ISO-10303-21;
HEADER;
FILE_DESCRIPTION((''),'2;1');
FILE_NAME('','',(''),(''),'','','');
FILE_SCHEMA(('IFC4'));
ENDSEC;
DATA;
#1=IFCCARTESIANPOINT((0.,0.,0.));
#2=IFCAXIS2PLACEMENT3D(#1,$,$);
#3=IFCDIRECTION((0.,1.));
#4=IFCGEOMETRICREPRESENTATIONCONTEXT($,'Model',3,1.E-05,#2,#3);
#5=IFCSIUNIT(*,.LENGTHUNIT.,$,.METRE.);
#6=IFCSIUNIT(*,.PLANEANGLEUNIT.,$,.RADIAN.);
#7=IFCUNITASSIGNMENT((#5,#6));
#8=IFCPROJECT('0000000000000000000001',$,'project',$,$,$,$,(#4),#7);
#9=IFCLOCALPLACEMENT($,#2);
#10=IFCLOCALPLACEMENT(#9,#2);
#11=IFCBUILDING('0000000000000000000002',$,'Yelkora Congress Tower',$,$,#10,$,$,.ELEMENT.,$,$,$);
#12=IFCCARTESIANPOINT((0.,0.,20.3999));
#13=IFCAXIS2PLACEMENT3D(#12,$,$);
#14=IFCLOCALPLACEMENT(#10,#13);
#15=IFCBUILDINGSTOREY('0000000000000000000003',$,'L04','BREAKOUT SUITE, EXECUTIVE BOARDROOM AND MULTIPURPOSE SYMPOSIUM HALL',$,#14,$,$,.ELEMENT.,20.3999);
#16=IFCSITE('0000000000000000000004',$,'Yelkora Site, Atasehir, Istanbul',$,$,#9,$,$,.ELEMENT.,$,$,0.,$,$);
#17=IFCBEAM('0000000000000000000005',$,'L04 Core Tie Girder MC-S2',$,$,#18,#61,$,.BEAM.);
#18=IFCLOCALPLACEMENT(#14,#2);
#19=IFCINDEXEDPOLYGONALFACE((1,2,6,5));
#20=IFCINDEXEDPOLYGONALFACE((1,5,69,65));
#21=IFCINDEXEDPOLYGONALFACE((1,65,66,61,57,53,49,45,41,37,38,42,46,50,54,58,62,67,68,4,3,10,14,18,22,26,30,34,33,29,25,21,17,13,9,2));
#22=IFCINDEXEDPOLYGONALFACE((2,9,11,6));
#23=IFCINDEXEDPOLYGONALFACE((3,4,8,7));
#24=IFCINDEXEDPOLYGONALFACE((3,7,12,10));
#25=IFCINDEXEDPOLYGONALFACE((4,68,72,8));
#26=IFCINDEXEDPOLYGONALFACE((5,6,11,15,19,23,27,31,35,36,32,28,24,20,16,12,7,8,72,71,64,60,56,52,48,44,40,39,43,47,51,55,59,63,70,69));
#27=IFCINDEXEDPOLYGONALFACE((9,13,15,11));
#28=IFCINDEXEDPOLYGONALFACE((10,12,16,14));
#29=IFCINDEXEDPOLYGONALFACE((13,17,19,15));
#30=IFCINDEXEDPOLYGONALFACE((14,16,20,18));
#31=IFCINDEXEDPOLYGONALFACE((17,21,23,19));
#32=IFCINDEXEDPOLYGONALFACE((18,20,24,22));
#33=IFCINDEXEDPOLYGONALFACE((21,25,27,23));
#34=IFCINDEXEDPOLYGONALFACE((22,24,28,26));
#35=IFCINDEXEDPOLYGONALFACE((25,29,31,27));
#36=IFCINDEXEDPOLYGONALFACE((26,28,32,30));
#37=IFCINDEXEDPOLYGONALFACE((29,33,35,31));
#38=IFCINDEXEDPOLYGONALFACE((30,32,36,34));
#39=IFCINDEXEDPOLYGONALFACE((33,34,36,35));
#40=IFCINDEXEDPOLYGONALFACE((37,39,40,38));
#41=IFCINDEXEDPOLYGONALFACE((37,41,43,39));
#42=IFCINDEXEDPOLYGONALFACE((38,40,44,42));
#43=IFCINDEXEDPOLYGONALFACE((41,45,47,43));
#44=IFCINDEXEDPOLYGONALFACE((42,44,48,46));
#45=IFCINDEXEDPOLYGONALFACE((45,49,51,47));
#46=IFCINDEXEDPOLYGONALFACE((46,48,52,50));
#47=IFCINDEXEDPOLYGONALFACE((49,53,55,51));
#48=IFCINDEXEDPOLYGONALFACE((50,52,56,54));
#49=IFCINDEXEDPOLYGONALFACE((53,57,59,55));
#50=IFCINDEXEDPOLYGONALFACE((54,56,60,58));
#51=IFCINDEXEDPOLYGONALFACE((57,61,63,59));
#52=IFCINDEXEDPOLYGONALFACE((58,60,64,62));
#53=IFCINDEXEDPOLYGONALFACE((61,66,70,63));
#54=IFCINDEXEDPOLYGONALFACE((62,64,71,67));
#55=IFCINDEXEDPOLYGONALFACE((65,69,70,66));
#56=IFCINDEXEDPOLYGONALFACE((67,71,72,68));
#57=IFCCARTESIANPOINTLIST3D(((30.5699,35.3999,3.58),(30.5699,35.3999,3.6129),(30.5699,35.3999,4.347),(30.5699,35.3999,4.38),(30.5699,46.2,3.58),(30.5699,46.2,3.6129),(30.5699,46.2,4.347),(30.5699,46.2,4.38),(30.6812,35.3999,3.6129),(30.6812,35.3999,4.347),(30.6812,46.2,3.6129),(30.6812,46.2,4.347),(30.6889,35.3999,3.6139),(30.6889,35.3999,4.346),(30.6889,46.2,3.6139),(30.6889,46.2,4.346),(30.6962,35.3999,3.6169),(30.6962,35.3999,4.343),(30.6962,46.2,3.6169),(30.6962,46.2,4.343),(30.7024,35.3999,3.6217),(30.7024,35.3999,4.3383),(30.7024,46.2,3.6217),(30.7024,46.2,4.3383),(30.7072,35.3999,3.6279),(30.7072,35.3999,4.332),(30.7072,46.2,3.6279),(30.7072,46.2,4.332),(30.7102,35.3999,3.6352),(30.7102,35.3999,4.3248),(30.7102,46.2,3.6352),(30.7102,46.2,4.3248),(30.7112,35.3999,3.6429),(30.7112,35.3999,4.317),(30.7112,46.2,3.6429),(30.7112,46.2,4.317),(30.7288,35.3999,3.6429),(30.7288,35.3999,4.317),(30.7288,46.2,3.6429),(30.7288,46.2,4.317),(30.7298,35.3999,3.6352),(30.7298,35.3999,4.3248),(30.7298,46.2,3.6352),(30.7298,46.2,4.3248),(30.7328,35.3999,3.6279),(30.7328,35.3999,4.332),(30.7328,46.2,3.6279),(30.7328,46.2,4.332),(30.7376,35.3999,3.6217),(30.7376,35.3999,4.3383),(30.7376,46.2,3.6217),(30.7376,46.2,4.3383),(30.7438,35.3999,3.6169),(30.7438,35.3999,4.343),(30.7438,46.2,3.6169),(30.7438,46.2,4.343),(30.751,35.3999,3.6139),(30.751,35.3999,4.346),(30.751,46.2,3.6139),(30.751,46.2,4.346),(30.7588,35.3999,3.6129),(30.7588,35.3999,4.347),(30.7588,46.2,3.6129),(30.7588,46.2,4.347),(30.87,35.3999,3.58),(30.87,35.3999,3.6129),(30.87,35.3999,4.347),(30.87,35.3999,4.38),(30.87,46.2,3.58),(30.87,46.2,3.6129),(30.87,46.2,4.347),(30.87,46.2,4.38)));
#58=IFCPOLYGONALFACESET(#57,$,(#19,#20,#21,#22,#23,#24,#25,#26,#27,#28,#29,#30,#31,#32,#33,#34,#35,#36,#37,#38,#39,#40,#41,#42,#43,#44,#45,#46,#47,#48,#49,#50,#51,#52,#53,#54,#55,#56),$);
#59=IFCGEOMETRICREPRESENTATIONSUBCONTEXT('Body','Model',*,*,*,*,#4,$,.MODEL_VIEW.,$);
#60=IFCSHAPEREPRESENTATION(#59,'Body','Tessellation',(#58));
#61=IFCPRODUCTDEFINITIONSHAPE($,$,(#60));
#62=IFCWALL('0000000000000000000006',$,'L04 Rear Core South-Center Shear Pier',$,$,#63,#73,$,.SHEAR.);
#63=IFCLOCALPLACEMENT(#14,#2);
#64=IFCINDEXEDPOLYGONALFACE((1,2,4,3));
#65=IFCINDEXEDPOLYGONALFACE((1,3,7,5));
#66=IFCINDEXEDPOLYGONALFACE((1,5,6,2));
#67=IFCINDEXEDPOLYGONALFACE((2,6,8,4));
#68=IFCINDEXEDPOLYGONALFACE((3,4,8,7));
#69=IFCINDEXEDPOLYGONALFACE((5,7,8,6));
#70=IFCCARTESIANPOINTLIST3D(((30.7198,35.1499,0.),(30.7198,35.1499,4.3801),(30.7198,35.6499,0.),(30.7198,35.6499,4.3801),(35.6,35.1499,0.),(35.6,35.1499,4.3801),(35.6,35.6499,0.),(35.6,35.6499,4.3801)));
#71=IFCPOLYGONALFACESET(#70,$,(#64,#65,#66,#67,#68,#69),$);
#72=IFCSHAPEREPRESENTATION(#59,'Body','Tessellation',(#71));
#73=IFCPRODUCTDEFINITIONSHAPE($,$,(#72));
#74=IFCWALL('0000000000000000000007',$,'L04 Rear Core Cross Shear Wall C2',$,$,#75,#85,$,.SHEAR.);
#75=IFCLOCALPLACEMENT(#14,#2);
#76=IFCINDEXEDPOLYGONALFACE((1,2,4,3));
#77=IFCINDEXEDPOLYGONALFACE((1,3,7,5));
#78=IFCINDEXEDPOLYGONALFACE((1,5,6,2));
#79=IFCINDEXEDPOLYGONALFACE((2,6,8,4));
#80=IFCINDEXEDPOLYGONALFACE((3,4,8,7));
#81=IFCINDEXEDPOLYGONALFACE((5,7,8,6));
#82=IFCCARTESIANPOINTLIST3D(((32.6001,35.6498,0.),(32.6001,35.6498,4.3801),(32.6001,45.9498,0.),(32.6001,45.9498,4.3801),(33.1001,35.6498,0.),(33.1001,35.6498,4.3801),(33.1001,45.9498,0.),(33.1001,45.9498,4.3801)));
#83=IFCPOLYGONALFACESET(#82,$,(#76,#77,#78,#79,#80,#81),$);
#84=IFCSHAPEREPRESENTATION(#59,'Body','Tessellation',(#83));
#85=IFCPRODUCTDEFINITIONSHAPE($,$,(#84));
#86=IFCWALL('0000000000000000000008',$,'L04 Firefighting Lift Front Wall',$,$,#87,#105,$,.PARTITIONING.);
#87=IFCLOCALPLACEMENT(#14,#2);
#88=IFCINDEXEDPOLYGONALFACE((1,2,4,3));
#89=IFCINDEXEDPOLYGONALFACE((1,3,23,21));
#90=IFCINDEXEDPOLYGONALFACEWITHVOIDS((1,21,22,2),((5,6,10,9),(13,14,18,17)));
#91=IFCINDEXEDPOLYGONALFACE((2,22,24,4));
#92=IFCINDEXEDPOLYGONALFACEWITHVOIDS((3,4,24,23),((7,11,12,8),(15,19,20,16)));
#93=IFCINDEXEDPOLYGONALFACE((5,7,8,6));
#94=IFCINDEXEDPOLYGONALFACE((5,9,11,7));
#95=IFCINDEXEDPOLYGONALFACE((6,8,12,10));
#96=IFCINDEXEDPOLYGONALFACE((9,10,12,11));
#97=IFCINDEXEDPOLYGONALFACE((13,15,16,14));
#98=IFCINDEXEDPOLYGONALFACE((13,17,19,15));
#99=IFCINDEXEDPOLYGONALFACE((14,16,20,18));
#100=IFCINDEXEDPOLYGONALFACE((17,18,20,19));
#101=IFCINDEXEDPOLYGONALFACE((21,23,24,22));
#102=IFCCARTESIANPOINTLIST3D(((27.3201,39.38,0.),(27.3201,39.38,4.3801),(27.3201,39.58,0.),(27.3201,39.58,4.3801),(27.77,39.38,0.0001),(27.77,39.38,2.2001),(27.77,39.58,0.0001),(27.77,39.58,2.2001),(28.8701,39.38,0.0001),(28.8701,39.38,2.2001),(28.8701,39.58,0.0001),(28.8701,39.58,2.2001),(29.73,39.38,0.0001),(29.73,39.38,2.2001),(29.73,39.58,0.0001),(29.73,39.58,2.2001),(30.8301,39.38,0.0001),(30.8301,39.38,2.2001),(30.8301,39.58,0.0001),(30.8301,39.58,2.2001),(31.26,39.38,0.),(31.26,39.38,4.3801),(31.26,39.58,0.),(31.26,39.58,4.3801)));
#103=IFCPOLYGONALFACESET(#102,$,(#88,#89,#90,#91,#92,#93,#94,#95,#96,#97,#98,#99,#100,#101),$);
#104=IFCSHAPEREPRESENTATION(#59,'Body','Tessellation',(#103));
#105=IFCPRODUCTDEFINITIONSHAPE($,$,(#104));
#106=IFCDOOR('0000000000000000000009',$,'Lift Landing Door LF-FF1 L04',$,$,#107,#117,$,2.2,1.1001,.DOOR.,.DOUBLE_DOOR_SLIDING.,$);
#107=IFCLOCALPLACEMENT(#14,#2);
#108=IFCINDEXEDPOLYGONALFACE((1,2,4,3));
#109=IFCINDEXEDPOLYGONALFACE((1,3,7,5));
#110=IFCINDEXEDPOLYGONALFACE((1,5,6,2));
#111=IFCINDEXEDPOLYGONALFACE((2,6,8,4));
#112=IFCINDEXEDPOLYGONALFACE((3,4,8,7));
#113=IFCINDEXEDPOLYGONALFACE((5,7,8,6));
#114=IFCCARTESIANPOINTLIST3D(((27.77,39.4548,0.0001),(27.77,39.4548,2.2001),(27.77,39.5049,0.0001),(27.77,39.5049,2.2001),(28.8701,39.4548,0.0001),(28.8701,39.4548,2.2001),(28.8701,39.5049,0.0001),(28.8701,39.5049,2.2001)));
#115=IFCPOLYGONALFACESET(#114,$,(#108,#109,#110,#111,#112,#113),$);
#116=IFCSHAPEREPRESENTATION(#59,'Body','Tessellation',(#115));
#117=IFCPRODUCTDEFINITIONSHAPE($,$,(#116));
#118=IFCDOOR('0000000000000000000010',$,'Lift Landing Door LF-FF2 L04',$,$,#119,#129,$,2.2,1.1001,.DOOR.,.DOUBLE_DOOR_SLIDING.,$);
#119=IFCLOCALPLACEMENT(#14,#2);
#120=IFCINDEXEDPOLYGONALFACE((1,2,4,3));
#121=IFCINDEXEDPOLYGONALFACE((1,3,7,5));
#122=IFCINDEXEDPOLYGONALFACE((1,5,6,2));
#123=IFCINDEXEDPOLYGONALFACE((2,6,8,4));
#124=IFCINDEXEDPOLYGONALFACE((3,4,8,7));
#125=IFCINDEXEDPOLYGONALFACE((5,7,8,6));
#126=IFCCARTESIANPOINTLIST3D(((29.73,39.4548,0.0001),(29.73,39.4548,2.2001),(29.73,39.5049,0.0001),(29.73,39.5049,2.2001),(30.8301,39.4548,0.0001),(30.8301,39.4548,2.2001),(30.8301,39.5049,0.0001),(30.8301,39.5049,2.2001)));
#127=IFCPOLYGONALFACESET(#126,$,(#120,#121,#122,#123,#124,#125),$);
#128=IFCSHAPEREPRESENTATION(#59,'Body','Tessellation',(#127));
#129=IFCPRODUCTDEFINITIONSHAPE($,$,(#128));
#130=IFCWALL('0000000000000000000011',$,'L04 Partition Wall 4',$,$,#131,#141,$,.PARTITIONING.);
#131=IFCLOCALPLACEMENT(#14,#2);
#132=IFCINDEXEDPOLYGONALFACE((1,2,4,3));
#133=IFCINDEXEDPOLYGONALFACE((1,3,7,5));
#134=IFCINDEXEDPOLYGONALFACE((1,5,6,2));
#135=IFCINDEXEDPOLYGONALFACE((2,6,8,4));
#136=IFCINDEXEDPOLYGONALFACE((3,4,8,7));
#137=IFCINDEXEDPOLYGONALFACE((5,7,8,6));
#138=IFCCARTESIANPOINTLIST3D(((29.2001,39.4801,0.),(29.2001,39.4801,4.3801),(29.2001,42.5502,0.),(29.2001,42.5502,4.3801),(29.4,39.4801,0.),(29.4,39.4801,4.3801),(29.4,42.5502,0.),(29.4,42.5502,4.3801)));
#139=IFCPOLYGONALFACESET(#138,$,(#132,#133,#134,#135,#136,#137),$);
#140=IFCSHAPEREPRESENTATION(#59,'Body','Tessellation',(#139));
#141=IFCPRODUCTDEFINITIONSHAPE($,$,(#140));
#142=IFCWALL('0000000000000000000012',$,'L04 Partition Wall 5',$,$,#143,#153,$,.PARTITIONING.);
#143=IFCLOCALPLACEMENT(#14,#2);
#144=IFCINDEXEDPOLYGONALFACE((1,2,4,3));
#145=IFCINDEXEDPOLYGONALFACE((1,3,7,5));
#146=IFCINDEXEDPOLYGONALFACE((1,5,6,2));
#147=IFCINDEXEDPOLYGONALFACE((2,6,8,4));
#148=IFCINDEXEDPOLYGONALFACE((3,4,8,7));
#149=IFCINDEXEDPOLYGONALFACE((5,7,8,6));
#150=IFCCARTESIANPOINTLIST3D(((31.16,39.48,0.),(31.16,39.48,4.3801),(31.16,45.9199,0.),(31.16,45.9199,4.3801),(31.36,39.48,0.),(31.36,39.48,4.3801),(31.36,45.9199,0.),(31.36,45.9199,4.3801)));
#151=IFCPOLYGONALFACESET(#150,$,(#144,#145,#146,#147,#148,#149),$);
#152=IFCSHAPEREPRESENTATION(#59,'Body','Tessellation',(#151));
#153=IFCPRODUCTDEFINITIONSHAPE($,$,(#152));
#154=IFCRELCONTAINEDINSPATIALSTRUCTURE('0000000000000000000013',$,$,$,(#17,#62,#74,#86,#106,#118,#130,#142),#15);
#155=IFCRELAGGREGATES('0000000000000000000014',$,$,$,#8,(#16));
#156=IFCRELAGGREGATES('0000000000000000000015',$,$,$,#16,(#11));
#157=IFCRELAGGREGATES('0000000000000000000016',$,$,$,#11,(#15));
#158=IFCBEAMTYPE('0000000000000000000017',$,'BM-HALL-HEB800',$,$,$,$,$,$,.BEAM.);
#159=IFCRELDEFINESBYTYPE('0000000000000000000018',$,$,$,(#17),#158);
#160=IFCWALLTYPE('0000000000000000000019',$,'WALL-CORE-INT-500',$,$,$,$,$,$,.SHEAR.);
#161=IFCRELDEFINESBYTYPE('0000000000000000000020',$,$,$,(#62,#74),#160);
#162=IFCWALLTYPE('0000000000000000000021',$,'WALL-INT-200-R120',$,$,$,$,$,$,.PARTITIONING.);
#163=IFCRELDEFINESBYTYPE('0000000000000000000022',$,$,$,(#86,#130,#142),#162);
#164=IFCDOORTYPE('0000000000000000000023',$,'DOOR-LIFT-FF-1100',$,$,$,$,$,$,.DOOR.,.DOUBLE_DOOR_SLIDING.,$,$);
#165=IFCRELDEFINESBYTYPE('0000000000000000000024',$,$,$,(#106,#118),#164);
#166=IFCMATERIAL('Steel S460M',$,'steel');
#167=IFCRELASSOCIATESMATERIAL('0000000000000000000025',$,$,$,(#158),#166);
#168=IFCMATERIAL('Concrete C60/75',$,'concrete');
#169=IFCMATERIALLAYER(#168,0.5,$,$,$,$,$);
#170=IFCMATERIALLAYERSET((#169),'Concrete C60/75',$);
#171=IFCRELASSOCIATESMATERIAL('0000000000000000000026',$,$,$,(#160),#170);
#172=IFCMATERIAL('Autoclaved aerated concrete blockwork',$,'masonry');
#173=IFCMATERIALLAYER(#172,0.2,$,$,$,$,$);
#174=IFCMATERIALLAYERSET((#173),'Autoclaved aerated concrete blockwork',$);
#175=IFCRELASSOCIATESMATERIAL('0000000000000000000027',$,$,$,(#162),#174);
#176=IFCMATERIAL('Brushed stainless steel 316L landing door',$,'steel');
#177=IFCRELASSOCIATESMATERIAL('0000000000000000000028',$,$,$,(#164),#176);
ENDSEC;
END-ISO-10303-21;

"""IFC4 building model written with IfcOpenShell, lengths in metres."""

from ifc_helpers import new_model, si_unit, direction, frame, frame_2d, origin, origin_2d, place, context, subcontext, project, spatial, rectangle, i_section, extrude, material, layer, layer_set, material_profile, profile_set, type_object, element, fill, save


model = new_model("IFC4")

# Units and contexts
model_context = context("Model", 3, precision=1e-05, world=origin(), true_north=direction((0.0, 1.0)))
body_context = subcontext(model_context, "Body", "Model", "MODEL_VIEW")
ifc_project = project(units=[si_unit("LENGTHUNIT", "METRE"), si_unit("PLANEANGLEUNIT", "RADIAN")], contexts=[model_context])

# Site, building, storey
site_placement = place(None, origin())
site = spatial("IfcSite", under=ifc_project, at=site_placement, Name="Yelkora Site, Atasehir, Istanbul", CompositionType="ELEMENT", RefElevation=0.0)
building_placement = place(site_placement, origin())
building = spatial("IfcBuilding", under=site, at=building_placement, Name="Yelkora Congress Tower", CompositionType="ELEMENT")
storey_placement = place(building_placement, frame((0.0, 0.0, 20.3999)))
storey = spatial("IfcBuildingStorey", under=building, at=storey_placement, Name="L04", Description="BREAKOUT SUITE, EXECUTIVE BOARDROOM AND MULTIPURPOSE SYMPOSIUM HALL", CompositionType="ELEMENT", Elevation=20.3999)

# Shared definitions
ifc_material_1 = material(Name="Concrete C60/75", Category="concrete")

# Beam
ifc_material_2 = material(Name="Steel S460M", Category="steel")
ifc_material_profile_1 = material_profile(ifc_material_2, i_section(OverallWidth=0.3, OverallDepth=0.8, WebThickness=0.0176, FlangeThickness=0.033, FilletRadius=0.03, at=origin_2d()), Name="HEB 800")
ifc_profile_set_1 = profile_set([ifc_material_profile_1], Name="Steel S460M")
beam_type = type_object("IfcBeamType", Name="BM-HALL-HEB800", PredefinedType="BEAM", material=ifc_profile_set_1)
beam_1_placement = place(storey_placement, frame((30.72, 35.3999, 3.98), z_axis=(0.0, 1.0, 0.0), x_axis=(-1.0, 0.0, 0.0)))
element("IfcBeam", 1, at=beam_1_placement, inside=storey, type_object=beam_type, Name="L04 Core Tie Girder MC-S2", PredefinedType="BEAM", context=body_context, shape_type="SweptSolid", body=[
    extrude(i_section(OverallWidth=0.3, OverallDepth=0.8, WebThickness=0.0176, FlangeThickness=0.033, FilletRadius=0.03, at=origin_2d()), origin(), (0.0, 0.0, 1.0), 10.8),
])

# Wall
ifc_layer_1 = layer(ifc_material_1, 0.5)
ifc_layer_set_1 = layer_set([ifc_layer_1], Name="Concrete C60/75")
wall_type_1 = type_object("IfcWallType", Name="WALL-CORE-INT-500", PredefinedType="SHEAR", material=ifc_layer_set_1)
wall_1_placement = place(storey_placement, frame((30.72, 35.3999, 0.0), z_axis=(0.0, 0.0, 1.0), x_axis=(1.0, 0.0, 0.0)))
element("IfcWall", 2, at=wall_1_placement, inside=storey, type_object=wall_type_1, Name="L04 Rear Core South-Center Shear Pier", PredefinedType="SHEAR", context=body_context, shape_type="SweptSolid", body=[
    extrude(rectangle(XDim=4.8801, YDim=0.5, at=frame_2d((2.4399, 0.0))), origin(), (0.0, 0.0, 1.0), 4.3801),
])

# Wall
wall_2_placement = place(storey_placement, frame((32.8501, 35.6499, 0.0), z_axis=(0.0, 0.0, 1.0), x_axis=(0.0, 1.0, 0.0)))
element("IfcWall", 3, at=wall_2_placement, inside=storey, type_object=wall_type_1, Name="L04 Rear Core Cross Shear Wall C2", PredefinedType="SHEAR", context=body_context, shape_type="SweptSolid", body=[
    extrude(rectangle(XDim=10.3, YDim=0.5, at=frame_2d((5.1499, 0.0))), origin(), (0.0, 0.0, 1.0), 4.3801),
])

# Shared definitions
ifc_material_3 = material(Name="Autoclaved aerated concrete blockwork", Category="masonry")
ifc_layer_2 = layer(ifc_material_3, 0.2)
ifc_layer_set_2 = layer_set([ifc_layer_2], Name="Autoclaved aerated concrete blockwork")
wall_type_2 = type_object("IfcWallType", Name="WALL-INT-200-R120", PredefinedType="PARTITIONING", material=ifc_layer_set_2)

# Wall, openings, doors
wall_3_placement = place(storey_placement, frame((27.3201, 39.48, 0.0), z_axis=(0.0, 0.0, 1.0), x_axis=(1.0, 0.0, 0.0)))
wall_3 = element("IfcWall", 4, at=wall_3_placement, inside=storey, type_object=wall_type_2, Name="L04 Firefighting Lift Front Wall", PredefinedType="PARTITIONING", context=body_context, shape_type="SweptSolid", body=[
    extrude(rectangle(XDim=3.9399, YDim=0.2, at=frame_2d((1.97, 0.0))), origin(), (0.0, 0.0, 1.0), 4.3801),
])
opening_1_placement = place(wall_3_placement, frame((0.45, 0.0, 0.0)))
opening_1 = element("IfcOpeningElement", 5, at=opening_1_placement, cuts=wall_3, PredefinedType="OPENING", context=body_context, shape_type="SweptSolid", body=[
    extrude(rectangle(XDim=1.1001, YDim=2.2, at=frame_2d((0.55, 1.1001))), frame((0.0, 0.1099, 0.0), z_axis=(0.0, -1.0, 0.0), x_axis=(1.0, 0.0, 0.0)), (0.0, 0.0, 1.0), 0.22),
])
opening_2_placement = place(wall_3_placement, frame((2.4099, 0.0, 0.0)))
opening_2 = element("IfcOpeningElement", 6, at=opening_2_placement, cuts=wall_3, PredefinedType="OPENING", context=body_context, shape_type="SweptSolid", body=[
    extrude(rectangle(XDim=1.1001, YDim=2.2, at=frame_2d((0.55, 1.1001))), frame((0.0, 0.1099, 0.0), z_axis=(0.0, -1.0, 0.0), x_axis=(1.0, 0.0, 0.0)), (0.0, 0.0, 1.0), 0.22),
])
ifc_material_4 = material(Name="Brushed stainless steel 316L landing door", Category="steel")
door_type_1 = type_object("IfcDoorType", Name="DOOR-LIFT-FF-1100", OperationType="DOUBLE_DOOR_SLIDING", PredefinedType="DOOR", material=ifc_material_4)
door_1_placement = place(opening_1_placement, origin())
door_1 = element("IfcDoor", 7, at=door_1_placement, inside=storey, type_object=door_type_1, Name="Lift Landing Door LF-FF1 L04", OperationType="DOUBLE_DOOR_SLIDING", OverallHeight=2.2, OverallWidth=1.1001, PredefinedType="DOOR", context=body_context, shape_type="SweptSolid", body=[
    extrude(rectangle(XDim=1.1001, YDim=2.2, at=frame_2d((0.55, 1.1001))), frame((0.0, 0.0249, 0.0), z_axis=(0.0, -1.0, 0.0), x_axis=(1.0, 0.0, 0.0)), (0.0, 0.0, 1.0), 0.05),
])
fill(opening_1, door_1)
door_2_placement = place(opening_2_placement, origin())
door_2 = element("IfcDoor", 8, at=door_2_placement, inside=storey, type_object=door_type_1, Name="Lift Landing Door LF-FF2 L04", OperationType="DOUBLE_DOOR_SLIDING", OverallHeight=2.2, OverallWidth=1.1001, PredefinedType="DOOR", context=body_context, shape_type="SweptSolid", body=[
    extrude(rectangle(XDim=1.1001, YDim=2.2, at=frame_2d((0.55, 1.1001))), frame((0.0, 0.0249, 0.0), z_axis=(0.0, -1.0, 0.0), x_axis=(1.0, 0.0, 0.0)), (0.0, 0.0, 1.0), 0.05),
])
fill(opening_2, door_2)

# Walls
wall_4_placement = place(storey_placement, frame((29.3, 39.48, 0.0), z_axis=(0.0, 0.0, 1.0), x_axis=(0.0, 1.0, 0.0)))
element("IfcWall", 9, at=wall_4_placement, inside=storey, type_object=wall_type_2, Name="L04 Partition Wall 4", PredefinedType="PARTITIONING", context=body_context, shape_type="SweptSolid", body=[
    extrude(rectangle(XDim=3.0701, YDim=0.2, at=frame_2d((1.5352, 0.0))), origin(), (0.0, 0.0, 1.0), 4.3801),
])
wall_5_placement = place(storey_placement, frame((31.26, 39.48, 0.0), z_axis=(0.0, 0.0, 1.0), x_axis=(0.0, 1.0, 0.0)))
element("IfcWall", 10, at=wall_5_placement, inside=storey, type_object=wall_type_2, Name="L04 Partition Wall 5", PredefinedType="PARTITIONING", context=body_context, shape_type="SweptSolid", body=[
    extrude(rectangle(XDim=6.4399, YDim=0.2, at=frame_2d((3.22, 0.0))), origin(), (0.0, 0.0, 1.0), 4.3801),
])

save(model, "model.ifc")
